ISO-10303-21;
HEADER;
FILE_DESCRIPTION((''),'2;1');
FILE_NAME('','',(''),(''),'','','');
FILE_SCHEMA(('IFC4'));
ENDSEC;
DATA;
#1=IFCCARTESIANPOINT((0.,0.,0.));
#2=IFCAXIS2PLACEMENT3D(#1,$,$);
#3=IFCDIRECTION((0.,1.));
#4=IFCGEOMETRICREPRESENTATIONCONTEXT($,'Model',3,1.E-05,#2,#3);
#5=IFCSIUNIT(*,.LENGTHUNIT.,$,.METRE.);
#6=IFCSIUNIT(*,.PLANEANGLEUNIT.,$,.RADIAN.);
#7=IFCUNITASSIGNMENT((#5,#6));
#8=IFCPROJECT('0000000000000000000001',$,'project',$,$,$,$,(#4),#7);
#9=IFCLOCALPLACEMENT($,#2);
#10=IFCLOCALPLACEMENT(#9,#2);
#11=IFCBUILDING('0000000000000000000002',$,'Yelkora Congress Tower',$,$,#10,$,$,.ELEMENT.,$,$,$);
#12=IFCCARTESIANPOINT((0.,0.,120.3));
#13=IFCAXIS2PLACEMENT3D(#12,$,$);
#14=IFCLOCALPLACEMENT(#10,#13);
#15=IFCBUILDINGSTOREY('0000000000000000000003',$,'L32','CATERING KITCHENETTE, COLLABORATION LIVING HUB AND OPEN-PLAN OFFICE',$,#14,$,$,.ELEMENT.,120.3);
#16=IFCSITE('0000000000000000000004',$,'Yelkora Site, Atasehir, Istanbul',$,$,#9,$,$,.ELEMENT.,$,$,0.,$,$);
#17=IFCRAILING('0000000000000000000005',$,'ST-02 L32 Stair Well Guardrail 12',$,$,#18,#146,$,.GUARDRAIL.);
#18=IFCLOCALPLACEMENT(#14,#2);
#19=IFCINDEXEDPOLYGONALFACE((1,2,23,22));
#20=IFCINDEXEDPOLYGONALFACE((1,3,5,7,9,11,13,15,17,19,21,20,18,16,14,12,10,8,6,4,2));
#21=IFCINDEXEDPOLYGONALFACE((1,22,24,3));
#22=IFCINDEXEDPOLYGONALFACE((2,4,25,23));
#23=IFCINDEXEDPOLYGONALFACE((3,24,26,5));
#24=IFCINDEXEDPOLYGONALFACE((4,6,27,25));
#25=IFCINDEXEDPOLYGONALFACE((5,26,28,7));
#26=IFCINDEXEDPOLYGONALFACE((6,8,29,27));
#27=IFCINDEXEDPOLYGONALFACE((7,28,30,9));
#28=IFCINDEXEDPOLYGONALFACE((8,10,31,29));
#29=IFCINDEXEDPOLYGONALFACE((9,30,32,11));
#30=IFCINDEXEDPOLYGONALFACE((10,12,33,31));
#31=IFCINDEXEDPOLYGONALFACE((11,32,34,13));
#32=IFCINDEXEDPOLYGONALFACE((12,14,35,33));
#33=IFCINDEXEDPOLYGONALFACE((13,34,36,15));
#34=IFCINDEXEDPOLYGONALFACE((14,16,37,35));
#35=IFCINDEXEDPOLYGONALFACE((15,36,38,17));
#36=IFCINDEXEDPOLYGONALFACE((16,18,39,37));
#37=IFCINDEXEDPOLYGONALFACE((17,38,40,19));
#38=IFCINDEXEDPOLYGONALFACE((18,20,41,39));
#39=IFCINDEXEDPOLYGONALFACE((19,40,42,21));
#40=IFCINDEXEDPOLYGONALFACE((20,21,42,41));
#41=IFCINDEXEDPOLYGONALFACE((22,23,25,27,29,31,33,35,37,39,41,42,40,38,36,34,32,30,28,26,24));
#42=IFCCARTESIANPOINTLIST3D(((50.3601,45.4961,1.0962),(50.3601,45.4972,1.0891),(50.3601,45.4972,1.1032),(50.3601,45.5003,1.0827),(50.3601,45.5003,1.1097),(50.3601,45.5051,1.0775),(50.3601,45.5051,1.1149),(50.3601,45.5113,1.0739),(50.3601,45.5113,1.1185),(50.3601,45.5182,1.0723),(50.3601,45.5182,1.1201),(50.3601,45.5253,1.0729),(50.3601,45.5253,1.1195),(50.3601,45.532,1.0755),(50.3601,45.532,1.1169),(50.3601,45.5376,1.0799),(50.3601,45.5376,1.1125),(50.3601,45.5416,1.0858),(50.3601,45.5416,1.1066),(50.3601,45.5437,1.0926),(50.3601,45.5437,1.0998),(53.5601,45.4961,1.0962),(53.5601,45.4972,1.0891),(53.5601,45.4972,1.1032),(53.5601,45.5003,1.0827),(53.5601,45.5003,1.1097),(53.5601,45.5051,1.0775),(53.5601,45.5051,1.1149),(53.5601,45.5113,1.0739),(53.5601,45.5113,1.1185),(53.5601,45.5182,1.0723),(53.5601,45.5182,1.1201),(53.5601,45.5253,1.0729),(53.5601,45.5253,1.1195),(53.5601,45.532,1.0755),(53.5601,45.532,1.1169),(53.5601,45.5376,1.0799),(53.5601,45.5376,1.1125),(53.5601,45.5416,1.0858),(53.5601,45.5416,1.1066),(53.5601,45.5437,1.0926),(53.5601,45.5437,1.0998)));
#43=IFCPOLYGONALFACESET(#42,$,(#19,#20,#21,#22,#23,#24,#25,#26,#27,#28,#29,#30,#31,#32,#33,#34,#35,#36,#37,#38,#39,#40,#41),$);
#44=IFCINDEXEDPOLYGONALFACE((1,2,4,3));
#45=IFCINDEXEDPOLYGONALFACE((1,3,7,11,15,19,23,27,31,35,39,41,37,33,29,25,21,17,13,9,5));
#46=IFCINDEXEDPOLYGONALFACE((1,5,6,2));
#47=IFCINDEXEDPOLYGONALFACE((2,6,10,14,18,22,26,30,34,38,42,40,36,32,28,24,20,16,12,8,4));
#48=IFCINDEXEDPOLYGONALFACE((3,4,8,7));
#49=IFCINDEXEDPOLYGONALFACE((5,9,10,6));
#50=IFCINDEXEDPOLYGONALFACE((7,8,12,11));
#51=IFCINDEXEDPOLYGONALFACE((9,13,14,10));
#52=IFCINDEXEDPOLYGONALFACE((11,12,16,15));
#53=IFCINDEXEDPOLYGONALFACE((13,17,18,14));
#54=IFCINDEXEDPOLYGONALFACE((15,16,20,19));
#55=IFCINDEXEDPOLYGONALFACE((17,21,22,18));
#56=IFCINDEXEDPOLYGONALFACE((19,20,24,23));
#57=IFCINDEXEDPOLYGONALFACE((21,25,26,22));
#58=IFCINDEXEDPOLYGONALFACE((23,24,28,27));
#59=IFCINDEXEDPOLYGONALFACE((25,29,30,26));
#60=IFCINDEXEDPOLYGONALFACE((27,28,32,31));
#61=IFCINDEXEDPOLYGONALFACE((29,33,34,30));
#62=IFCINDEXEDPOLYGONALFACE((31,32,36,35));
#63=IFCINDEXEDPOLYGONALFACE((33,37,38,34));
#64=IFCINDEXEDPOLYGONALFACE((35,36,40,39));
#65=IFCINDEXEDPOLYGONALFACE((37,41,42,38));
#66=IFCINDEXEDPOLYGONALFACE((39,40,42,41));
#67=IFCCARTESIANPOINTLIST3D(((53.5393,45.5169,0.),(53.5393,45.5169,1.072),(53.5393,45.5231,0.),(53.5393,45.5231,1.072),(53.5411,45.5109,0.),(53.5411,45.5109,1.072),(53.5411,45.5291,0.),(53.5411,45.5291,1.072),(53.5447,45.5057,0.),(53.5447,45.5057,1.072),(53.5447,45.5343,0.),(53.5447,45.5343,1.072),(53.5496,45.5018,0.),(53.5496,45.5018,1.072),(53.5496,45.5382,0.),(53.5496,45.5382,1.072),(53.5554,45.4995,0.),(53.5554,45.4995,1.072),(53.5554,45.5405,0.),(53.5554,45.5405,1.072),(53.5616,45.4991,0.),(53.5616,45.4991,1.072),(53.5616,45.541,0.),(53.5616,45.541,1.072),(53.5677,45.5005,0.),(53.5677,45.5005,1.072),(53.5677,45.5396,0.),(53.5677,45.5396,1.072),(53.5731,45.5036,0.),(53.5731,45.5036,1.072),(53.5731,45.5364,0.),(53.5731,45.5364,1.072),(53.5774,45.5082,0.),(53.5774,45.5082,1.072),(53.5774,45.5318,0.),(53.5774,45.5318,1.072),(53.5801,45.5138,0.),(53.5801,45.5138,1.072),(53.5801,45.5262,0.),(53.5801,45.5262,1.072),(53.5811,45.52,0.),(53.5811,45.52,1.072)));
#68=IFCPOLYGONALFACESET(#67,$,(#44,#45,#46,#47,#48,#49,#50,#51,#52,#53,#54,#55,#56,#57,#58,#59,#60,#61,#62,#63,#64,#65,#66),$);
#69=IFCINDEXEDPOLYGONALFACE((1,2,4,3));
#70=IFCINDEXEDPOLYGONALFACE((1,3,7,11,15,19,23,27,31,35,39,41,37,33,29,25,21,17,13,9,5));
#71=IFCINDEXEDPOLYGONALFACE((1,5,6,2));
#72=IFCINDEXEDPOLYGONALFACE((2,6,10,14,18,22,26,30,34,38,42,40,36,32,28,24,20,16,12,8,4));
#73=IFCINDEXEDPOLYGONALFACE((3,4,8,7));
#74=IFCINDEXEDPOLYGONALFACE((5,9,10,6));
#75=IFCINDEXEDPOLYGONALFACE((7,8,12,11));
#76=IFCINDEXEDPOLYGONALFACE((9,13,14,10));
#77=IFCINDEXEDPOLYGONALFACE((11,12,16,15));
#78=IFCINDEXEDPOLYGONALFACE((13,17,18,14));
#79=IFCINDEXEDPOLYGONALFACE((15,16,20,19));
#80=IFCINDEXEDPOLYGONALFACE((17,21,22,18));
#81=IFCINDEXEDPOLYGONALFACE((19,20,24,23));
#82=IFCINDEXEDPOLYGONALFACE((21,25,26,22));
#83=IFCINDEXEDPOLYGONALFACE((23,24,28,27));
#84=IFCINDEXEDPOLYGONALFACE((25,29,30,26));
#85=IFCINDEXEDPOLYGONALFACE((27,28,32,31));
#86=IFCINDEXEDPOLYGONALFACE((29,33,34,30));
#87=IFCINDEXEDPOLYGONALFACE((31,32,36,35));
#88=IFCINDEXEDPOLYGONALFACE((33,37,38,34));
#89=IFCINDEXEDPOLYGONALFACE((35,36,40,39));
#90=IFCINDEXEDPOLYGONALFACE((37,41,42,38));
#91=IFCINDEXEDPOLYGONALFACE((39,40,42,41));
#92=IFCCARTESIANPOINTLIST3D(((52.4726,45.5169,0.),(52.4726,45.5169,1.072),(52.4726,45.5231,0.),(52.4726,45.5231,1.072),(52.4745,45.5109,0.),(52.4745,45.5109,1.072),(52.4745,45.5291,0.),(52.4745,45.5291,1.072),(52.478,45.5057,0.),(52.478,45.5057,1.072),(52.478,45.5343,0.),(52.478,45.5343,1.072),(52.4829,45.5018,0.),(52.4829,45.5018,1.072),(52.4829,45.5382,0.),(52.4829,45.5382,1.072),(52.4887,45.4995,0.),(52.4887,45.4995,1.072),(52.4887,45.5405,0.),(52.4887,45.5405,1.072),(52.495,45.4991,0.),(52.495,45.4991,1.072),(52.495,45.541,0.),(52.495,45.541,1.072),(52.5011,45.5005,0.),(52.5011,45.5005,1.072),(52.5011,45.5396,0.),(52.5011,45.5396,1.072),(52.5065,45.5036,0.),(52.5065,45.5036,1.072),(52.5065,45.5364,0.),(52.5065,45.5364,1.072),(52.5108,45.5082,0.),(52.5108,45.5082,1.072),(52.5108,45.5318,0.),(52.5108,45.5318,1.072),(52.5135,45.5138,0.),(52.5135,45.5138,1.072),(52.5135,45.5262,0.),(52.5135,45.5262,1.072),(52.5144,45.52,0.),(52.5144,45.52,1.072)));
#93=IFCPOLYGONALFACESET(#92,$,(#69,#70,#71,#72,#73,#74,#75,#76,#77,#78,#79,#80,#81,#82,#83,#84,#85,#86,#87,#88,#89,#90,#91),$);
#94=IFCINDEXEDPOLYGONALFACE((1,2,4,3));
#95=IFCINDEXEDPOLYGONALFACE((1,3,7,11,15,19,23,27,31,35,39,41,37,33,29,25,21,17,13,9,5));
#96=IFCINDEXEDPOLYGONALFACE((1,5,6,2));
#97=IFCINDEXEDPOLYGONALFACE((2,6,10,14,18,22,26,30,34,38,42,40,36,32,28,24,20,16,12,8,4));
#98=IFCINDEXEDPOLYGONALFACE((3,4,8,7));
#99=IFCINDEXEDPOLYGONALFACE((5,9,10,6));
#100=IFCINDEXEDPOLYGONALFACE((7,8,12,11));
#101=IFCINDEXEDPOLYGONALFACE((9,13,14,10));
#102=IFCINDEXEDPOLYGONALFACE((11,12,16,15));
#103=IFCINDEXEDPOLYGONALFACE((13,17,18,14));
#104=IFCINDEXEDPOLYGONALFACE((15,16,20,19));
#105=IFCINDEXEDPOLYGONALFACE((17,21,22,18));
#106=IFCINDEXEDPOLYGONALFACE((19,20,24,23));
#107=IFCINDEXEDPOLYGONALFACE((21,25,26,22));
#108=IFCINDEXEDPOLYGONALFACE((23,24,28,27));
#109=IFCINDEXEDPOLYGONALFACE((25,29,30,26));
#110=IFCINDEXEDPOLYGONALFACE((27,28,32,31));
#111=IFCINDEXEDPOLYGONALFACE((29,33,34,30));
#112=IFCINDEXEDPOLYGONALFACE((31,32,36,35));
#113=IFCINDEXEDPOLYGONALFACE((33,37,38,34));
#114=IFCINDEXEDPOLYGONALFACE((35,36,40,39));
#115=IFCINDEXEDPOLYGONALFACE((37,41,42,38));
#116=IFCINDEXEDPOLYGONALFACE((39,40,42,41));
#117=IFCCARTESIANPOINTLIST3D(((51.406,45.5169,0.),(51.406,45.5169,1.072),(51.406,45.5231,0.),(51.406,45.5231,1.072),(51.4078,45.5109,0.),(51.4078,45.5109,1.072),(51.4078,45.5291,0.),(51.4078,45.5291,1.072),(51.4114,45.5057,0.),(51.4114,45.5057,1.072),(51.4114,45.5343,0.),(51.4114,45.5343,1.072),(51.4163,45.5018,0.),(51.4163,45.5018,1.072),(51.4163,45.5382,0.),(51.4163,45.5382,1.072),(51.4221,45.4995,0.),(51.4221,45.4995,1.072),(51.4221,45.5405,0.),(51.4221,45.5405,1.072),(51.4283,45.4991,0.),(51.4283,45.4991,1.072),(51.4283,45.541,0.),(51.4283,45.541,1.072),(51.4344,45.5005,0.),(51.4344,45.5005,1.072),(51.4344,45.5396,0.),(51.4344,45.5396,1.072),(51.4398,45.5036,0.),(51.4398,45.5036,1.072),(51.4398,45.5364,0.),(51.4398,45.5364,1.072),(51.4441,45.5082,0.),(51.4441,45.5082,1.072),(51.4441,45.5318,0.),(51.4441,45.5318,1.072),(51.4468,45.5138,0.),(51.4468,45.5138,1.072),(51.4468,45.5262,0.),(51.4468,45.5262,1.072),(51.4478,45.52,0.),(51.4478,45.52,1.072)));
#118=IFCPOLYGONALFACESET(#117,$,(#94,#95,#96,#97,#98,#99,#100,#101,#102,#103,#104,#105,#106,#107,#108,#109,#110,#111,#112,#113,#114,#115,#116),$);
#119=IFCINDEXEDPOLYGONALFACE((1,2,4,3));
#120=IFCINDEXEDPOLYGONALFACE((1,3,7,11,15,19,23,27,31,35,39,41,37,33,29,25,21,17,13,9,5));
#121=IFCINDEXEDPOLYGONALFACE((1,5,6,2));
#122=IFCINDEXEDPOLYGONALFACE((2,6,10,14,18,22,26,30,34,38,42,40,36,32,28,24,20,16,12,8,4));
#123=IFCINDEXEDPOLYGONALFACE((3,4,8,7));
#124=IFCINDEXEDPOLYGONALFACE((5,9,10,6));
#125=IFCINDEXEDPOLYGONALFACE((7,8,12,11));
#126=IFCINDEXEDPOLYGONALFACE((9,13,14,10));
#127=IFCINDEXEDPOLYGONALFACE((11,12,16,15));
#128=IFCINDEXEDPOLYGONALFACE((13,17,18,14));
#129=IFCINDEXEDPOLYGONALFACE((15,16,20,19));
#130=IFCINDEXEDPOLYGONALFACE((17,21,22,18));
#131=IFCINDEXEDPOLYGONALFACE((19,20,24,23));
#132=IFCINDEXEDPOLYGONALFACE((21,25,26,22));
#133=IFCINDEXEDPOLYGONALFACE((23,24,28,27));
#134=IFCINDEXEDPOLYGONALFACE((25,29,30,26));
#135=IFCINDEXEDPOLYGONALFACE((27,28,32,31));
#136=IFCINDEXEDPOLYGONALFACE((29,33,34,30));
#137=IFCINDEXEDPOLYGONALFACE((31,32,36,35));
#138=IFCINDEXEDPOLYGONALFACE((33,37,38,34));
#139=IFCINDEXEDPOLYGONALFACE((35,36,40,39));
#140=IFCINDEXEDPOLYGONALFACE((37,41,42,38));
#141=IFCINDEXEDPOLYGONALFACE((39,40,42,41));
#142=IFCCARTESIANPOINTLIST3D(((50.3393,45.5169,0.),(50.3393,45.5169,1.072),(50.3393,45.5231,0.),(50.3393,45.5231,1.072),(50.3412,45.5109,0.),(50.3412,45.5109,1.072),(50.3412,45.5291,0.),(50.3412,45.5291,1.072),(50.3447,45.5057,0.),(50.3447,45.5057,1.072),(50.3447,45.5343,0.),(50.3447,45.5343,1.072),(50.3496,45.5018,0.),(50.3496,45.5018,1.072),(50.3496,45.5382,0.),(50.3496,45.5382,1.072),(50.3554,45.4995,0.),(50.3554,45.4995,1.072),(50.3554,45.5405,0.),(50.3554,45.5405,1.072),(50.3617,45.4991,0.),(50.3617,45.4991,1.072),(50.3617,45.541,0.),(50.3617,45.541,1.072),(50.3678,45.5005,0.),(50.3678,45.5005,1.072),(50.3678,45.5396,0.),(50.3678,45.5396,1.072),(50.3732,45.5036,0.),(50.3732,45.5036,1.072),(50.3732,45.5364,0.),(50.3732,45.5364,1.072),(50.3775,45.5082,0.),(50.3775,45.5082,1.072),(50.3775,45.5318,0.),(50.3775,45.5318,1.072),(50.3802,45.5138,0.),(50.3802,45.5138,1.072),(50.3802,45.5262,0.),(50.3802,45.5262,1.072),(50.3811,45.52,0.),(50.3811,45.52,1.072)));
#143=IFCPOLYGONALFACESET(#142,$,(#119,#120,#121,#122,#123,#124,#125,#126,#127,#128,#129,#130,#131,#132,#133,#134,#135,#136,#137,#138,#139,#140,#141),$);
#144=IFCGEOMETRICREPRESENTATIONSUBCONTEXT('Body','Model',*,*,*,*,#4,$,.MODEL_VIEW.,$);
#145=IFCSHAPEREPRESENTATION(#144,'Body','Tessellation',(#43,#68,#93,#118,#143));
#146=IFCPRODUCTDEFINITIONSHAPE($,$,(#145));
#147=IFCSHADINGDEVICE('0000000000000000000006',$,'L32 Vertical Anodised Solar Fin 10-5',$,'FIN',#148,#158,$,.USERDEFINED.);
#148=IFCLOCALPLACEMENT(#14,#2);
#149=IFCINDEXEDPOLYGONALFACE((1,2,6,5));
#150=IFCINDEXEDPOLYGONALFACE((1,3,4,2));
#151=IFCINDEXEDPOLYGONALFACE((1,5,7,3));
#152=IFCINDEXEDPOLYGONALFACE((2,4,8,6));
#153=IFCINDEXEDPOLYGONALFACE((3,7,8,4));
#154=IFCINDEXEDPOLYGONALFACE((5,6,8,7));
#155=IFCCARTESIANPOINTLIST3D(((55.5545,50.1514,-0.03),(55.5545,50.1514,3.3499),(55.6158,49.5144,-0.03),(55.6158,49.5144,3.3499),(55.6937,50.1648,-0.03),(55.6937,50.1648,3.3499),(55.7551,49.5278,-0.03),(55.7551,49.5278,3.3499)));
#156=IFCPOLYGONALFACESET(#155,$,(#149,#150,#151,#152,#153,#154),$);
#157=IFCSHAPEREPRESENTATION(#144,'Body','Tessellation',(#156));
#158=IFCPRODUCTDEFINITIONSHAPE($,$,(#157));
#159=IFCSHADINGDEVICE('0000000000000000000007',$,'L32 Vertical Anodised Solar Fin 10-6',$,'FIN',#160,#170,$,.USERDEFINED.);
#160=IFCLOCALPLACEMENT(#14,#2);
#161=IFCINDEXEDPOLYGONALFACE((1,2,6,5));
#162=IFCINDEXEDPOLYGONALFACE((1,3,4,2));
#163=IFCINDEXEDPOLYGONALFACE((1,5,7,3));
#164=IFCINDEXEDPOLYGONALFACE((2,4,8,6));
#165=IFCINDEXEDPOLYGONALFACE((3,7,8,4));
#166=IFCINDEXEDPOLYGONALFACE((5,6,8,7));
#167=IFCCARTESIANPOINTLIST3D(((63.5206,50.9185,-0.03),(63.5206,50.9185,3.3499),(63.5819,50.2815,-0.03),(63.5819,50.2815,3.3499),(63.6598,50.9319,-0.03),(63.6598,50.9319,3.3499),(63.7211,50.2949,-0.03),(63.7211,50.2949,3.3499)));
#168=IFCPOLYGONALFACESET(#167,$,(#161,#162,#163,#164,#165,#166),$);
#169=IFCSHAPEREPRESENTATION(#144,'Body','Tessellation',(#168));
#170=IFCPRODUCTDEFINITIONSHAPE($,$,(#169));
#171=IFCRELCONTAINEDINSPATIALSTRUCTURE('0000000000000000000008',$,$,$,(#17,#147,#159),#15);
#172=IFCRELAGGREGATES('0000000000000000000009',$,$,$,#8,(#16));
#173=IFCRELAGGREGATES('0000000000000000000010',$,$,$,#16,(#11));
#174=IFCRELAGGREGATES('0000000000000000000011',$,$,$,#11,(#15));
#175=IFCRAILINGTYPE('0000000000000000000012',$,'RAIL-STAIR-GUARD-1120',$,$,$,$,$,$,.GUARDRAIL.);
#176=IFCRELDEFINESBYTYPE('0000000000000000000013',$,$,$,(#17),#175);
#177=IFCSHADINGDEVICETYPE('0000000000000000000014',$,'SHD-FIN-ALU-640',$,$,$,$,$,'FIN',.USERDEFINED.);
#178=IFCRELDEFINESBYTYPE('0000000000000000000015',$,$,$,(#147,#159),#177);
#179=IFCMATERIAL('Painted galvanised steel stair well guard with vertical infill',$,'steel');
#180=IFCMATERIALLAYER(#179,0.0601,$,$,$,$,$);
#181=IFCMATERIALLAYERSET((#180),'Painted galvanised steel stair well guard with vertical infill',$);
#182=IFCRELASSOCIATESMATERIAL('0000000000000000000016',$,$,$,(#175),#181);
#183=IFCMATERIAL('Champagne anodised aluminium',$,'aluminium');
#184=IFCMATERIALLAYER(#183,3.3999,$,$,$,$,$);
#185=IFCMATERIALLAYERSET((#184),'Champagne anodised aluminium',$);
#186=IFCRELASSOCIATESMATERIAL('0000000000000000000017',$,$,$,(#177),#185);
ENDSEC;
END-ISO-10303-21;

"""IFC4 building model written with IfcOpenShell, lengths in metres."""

from ifc_helpers import new_model, si_unit, direction, frame, origin, origin_2d, place, context, subcontext, project, spatial, rectangle, circle, extrude, material, layer, layer_set, type_object, element, save


model = new_model("IFC4")

# Units and contexts
model_context = context("Model", 3, precision=1e-05, world=origin(), true_north=direction((0.0, 1.0)))
body_context = subcontext(model_context, "Body", "Model", "MODEL_VIEW")
ifc_project = project(units=[si_unit("LENGTHUNIT", "METRE"), si_unit("PLANEANGLEUNIT", "RADIAN")], contexts=[model_context])

# Site, building, storey
site_placement = place(None, origin())
site = spatial("IfcSite", under=ifc_project, at=site_placement, Name="Yelkora Site, Atasehir, Istanbul", CompositionType="ELEMENT", RefElevation=0.0)
building_placement = place(site_placement, origin())
building = spatial("IfcBuilding", under=site, at=building_placement, Name="Yelkora Congress Tower", CompositionType="ELEMENT")
storey_placement = place(building_placement, frame((0.0, 0.0, 120.3)))
storey = spatial("IfcBuildingStorey", under=building, at=storey_placement, Name="L32", Description="CATERING KITCHENETTE, COLLABORATION LIVING HUB AND OPEN-PLAN OFFICE", CompositionType="ELEMENT", Elevation=120.3)

# Railing
ifc_material_1 = material(Name="Painted galvanised steel stair well guard with vertical infill", Category="steel")
ifc_layer_1 = layer(ifc_material_1, 0.0601)
ifc_layer_set_1 = layer_set([ifc_layer_1], Name="Painted galvanised steel stair well guard with vertical infill")
railing_type = type_object("IfcRailingType", Name="RAIL-STAIR-GUARD-1120", PredefinedType="GUARDRAIL", material=ifc_layer_set_1)
railing_1_placement = place(storey_placement, frame((53.5601, 45.52, 0.0)))
element("IfcRailing", 1, at=railing_1_placement, inside=storey, type_object=railing_type, Name="ST-02 L32 Stair Well Guardrail 12", PredefinedType="GUARDRAIL", context=body_context, shape_type="SweptSolid", body=[
    extrude(circle(Radius=0.0239, at=origin_2d()), frame((0.0, 0.0, 1.0962), z_axis=(-1.0, 0.0, 0.0), x_axis=(0.0, -1.0, 0.0)), (0.0, 0.0, 1.0), 3.2),
    extrude(circle(Radius=0.021, at=origin_2d()), origin(), (0.0, 0.0, 1.0), 1.072),
    extrude(circle(Radius=0.021, at=origin_2d()), frame((-1.0667, 0.0, 0.0)), (0.0, 0.0, 1.0), 1.072),
    extrude(circle(Radius=0.021, at=origin_2d()), frame((-2.1333, 0.0, 0.0)), (0.0, 0.0, 1.0), 1.072),
    extrude(circle(Radius=0.021, at=origin_2d()), frame((-3.2, 0.0, 0.0)), (0.0, 0.0, 1.0), 1.072),
])

# Shading devices
ifc_material_2 = material(Name="Champagne anodised aluminium", Category="aluminium")
ifc_layer_2 = layer(ifc_material_2, 3.3999)
ifc_layer_set_2 = layer_set([ifc_layer_2], Name="Champagne anodised aluminium")
shading_device_type = type_object("IfcShadingDeviceType", Name="SHD-FIN-ALU-640", ElementType="FIN", PredefinedType="USERDEFINED", material=ifc_layer_set_2)
for number, where, z_axis, x_axis, name in (
    (2, (55.6548, 49.8396, -0.03), (0.0, 0.0, 1.0), (0.995396, 0.095846, 0.0), "L32 Vertical Anodised Solar Fin 10-5"),
    (3, (63.6208, 50.6067, -0.03), (0.0, 0.0, 1.0), (0.995396, 0.095846, 0.0), "L32 Vertical Anodised Solar Fin 10-6"),
):
    element("IfcShadingDevice", number, at=place(storey_placement, frame(where, z_axis=z_axis, x_axis=x_axis)), inside=storey, type_object=shading_device_type, Name=name, ObjectType="FIN", PredefinedType="USERDEFINED", context=body_context, shape_type="SweptSolid", body=[
        extrude(rectangle(XDim=0.1399, YDim=0.6399, at=origin_2d()), origin(), (0.0, 0.0, 1.0), 3.3799),
    ])

save(model, "model.ifc")
